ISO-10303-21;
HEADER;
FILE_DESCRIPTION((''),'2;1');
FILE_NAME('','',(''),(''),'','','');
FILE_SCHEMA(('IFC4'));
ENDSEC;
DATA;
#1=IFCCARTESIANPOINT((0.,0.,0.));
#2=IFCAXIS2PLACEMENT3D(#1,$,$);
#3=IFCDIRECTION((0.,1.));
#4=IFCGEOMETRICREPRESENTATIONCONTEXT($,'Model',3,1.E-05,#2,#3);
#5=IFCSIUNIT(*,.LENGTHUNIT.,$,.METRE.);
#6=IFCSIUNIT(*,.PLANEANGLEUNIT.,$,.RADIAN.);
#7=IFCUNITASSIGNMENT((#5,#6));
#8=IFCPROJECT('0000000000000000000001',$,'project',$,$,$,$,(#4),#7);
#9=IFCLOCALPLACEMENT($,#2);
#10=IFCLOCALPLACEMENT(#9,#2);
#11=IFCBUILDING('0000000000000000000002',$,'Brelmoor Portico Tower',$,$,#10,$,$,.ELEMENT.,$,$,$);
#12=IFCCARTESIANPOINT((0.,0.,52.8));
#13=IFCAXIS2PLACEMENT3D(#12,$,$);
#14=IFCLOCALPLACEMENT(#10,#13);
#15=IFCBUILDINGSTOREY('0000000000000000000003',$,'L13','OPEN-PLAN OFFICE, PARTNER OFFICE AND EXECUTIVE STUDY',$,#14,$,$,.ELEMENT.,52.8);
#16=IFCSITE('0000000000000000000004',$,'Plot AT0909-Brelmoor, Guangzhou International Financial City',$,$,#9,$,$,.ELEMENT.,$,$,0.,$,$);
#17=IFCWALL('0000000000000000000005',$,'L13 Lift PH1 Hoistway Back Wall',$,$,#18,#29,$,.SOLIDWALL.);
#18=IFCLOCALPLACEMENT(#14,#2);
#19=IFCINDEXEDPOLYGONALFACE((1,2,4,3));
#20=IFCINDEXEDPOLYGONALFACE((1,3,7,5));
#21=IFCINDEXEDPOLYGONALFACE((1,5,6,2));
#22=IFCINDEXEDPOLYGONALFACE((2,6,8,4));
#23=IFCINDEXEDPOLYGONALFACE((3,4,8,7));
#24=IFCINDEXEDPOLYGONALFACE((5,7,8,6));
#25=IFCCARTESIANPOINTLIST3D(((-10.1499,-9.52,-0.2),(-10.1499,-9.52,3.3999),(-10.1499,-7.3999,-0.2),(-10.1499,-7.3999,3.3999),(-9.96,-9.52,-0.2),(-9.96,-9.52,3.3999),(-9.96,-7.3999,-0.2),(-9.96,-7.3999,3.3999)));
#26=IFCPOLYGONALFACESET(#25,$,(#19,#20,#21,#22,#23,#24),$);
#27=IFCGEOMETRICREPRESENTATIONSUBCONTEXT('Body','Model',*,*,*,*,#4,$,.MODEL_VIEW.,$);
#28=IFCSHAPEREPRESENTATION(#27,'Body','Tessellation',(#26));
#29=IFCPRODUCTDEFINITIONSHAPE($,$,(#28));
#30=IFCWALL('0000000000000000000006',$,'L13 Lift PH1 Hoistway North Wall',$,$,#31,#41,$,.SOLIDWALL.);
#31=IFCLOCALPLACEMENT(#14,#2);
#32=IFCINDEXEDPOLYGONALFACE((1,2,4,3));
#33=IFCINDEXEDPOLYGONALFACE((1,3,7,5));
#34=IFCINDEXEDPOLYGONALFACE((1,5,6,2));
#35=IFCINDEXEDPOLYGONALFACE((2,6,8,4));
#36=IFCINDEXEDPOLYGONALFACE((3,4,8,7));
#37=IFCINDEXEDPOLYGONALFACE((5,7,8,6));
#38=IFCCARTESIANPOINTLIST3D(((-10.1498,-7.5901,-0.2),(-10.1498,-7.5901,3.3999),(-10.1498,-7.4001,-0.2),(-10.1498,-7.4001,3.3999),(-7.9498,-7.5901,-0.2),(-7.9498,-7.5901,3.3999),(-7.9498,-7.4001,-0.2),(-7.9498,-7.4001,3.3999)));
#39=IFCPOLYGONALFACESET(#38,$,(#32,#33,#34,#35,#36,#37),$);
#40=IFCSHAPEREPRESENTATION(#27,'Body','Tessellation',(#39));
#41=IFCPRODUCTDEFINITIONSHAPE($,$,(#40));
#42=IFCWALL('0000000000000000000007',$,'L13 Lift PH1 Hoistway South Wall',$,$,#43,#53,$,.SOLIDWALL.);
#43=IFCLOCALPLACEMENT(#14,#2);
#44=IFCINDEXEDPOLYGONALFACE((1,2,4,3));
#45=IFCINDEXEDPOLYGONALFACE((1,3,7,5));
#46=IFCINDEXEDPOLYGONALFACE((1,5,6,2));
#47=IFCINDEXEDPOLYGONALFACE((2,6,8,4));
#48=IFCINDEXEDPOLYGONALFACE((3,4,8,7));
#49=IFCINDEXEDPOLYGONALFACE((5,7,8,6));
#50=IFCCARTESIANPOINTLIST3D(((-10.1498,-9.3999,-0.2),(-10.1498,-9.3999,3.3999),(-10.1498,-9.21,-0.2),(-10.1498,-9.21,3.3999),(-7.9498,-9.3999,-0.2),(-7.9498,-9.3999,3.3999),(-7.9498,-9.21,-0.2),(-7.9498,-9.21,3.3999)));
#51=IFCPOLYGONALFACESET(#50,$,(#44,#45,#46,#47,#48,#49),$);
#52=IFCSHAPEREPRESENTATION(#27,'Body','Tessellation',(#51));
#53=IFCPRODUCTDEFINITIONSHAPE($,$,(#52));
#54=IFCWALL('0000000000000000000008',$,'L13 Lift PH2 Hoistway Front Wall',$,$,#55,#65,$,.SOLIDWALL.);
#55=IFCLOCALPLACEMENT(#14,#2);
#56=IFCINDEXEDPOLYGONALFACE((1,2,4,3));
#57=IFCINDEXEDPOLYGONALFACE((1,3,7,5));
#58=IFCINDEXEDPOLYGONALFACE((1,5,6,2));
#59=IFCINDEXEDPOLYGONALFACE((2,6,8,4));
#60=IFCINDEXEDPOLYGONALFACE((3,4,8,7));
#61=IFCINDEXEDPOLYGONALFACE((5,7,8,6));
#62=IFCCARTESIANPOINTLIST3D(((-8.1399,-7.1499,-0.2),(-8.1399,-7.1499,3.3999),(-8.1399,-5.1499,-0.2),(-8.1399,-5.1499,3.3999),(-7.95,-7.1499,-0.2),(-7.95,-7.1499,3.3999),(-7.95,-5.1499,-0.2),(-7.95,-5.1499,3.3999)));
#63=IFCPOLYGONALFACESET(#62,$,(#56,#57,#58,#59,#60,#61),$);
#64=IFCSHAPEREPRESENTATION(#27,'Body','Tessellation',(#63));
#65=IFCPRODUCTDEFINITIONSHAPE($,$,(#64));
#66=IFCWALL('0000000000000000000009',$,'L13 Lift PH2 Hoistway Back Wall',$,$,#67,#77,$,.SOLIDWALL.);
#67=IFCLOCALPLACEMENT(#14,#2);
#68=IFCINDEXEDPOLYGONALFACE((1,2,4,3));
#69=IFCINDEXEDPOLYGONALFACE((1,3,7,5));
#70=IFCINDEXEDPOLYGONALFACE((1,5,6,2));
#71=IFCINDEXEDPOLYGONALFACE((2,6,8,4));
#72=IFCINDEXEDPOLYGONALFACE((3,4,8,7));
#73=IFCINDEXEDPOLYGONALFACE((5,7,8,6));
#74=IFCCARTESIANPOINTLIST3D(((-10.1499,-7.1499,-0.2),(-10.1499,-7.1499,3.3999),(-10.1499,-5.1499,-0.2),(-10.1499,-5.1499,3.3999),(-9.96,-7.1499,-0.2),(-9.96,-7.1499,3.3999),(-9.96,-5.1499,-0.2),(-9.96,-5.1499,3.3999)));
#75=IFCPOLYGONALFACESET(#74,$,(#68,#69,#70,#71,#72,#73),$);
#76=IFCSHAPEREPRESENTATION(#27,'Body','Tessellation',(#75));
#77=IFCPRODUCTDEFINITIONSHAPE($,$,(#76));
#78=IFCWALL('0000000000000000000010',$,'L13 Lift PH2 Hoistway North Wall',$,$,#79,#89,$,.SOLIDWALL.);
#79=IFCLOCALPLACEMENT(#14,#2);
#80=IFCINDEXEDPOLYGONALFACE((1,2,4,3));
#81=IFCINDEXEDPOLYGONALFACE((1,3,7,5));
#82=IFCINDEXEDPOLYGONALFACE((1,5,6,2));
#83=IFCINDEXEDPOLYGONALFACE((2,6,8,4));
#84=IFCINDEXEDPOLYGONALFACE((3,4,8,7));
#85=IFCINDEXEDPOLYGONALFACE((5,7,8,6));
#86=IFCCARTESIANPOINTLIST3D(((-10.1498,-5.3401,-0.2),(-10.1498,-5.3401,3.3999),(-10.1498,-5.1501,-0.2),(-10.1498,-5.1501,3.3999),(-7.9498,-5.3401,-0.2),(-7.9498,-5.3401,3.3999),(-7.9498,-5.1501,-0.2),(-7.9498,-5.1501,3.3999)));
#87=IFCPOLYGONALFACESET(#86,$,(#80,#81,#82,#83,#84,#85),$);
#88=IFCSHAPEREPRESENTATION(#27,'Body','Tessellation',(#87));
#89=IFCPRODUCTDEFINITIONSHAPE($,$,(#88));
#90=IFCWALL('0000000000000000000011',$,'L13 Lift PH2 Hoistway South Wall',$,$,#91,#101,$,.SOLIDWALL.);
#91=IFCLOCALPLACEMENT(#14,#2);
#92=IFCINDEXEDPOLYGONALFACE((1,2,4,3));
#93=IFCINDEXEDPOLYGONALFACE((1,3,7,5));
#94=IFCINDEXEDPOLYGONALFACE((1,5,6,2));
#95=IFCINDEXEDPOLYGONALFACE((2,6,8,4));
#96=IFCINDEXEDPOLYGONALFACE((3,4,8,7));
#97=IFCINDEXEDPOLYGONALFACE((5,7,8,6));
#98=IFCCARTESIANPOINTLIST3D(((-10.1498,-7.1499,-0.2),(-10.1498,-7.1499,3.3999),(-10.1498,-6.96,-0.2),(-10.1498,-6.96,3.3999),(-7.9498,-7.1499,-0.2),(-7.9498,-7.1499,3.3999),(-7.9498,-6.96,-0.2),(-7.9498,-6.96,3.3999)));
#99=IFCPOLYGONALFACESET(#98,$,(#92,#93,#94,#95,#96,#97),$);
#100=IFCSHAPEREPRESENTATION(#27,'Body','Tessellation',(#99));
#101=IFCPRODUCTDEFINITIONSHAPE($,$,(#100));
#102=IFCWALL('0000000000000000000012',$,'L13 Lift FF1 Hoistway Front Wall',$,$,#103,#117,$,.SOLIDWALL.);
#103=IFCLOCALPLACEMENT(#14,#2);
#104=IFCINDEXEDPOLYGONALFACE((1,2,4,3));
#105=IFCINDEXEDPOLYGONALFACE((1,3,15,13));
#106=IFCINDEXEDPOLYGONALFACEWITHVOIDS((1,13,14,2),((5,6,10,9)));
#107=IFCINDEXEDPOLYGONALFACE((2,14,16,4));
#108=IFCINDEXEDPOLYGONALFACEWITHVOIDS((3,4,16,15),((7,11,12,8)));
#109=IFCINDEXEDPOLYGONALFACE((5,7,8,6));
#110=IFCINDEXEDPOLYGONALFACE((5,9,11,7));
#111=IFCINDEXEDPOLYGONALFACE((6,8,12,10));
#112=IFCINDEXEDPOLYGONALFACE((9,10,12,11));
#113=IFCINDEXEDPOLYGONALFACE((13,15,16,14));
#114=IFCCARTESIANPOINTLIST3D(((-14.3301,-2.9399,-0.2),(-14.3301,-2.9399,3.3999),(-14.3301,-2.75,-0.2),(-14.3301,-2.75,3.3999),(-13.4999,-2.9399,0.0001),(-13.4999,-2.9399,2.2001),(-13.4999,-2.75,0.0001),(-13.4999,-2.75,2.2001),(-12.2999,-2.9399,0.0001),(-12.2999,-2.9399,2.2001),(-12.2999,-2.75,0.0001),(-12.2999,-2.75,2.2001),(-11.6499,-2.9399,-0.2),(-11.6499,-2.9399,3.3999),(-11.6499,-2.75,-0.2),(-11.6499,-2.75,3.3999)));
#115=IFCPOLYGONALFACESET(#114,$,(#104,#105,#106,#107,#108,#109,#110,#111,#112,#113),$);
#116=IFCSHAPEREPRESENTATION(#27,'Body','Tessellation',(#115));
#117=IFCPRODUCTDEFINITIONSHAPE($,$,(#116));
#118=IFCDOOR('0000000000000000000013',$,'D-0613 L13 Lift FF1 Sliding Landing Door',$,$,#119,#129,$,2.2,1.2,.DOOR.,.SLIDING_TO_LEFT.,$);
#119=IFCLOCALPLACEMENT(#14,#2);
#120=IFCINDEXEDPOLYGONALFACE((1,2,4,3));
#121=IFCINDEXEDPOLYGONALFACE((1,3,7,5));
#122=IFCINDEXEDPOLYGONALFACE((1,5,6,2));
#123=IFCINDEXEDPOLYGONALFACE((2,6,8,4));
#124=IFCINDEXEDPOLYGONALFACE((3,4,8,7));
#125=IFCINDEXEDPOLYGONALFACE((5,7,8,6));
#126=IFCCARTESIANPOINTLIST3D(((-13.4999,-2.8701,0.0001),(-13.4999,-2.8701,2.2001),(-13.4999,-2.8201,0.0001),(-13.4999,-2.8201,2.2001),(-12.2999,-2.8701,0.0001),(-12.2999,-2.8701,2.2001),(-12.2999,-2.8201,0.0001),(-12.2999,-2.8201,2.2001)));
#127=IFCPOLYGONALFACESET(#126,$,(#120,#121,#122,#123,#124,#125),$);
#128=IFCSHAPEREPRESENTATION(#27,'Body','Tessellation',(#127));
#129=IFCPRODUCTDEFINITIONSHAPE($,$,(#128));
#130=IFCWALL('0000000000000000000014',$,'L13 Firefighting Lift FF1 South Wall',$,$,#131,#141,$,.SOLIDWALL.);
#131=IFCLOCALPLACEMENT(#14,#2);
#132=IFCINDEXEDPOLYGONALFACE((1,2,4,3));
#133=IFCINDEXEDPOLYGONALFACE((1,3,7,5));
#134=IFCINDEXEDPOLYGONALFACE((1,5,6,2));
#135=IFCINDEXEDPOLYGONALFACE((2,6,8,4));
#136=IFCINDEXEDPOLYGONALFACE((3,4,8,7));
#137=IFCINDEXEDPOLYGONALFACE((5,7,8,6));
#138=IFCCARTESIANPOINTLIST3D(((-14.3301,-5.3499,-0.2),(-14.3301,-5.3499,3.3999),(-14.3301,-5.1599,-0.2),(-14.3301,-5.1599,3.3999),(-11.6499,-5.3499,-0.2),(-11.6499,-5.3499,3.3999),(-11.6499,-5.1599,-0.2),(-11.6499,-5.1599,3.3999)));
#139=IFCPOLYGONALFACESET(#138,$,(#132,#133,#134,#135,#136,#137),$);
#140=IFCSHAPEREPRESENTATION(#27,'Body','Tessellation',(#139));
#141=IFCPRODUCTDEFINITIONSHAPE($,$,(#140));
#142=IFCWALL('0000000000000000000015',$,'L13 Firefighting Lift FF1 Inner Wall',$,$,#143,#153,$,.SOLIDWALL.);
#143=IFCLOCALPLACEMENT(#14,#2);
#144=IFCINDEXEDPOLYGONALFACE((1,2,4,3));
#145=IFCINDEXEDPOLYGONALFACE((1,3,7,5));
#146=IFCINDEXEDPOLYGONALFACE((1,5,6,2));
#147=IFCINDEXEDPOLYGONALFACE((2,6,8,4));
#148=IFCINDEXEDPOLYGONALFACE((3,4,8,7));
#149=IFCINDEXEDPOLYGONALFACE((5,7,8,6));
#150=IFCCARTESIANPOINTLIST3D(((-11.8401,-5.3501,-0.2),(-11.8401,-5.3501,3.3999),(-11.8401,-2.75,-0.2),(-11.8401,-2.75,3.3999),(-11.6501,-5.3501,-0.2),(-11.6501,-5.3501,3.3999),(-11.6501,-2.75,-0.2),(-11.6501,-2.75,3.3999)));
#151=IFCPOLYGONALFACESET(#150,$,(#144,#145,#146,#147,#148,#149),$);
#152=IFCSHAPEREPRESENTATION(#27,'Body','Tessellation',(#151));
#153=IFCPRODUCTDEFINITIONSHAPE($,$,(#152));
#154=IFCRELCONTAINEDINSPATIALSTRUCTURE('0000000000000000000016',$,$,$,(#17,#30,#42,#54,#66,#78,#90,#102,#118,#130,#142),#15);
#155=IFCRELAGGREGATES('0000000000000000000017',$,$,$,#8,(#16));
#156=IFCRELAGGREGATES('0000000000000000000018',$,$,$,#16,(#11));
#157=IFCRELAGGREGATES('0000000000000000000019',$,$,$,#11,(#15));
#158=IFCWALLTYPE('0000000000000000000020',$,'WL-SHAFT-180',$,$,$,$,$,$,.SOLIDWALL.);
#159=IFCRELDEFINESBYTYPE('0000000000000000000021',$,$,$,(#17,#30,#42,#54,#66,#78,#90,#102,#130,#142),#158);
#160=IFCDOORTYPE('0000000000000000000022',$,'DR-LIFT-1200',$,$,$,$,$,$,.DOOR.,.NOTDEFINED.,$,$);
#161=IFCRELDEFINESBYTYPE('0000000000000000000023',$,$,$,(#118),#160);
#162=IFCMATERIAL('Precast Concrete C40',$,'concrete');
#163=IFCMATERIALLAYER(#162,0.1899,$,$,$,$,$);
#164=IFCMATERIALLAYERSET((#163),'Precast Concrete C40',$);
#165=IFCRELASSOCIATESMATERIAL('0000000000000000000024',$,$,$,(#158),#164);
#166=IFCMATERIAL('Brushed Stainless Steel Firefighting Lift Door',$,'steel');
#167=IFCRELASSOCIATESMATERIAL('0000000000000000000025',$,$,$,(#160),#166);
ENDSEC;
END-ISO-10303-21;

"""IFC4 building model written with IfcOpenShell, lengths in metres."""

from ifc_helpers import new_model, si_unit, direction, frame, frame_2d, origin, place, context, subcontext, project, spatial, rectangle, extrude, material, layer, layer_set, type_object, element, fill, save


model = new_model("IFC4")

# Units and contexts
model_context = context("Model", 3, precision=1e-05, world=origin(), true_north=direction((0.0, 1.0)))
body_context = subcontext(model_context, "Body", "Model", "MODEL_VIEW")
ifc_project = project(units=[si_unit("LENGTHUNIT", "METRE"), si_unit("PLANEANGLEUNIT", "RADIAN")], contexts=[model_context])

# Site, building, storey
site_placement = place(None, origin())
site = spatial("IfcSite", under=ifc_project, at=site_placement, Name="Plot AT0909-Brelmoor, Guangzhou International Financial City", CompositionType="ELEMENT", RefElevation=0.0)
building_placement = place(site_placement, origin())
building = spatial("IfcBuilding", under=site, at=building_placement, Name="Brelmoor Portico Tower", CompositionType="ELEMENT")
storey_placement = place(building_placement, frame((0.0, 0.0, 52.8)))
storey = spatial("IfcBuildingStorey", under=building, at=storey_placement, Name="L13", Description="OPEN-PLAN OFFICE, PARTNER OFFICE AND EXECUTIVE STUDY", CompositionType="ELEMENT", Elevation=52.8)

# Walls
ifc_material_1 = material(Name="Precast Concrete C40", Category="concrete")
ifc_layer_1 = layer(ifc_material_1, 0.1899)
ifc_layer_set_1 = layer_set([ifc_layer_1], Name="Precast Concrete C40")
wall_type_1 = type_object("IfcWallType", Name="WL-SHAFT-180", PredefinedType="SOLIDWALL", material=ifc_layer_set_1)
for number, where, z_axis, x_axis, name in (
    (1, (-10.0549, -9.52, -0.2), (0.0, 0.0, 1.0), (0.0, 1.0, 0.0), "L13 Lift PH1 Hoistway Back Wall"),
):
    element("IfcWall", number, at=place(storey_placement, frame(where, z_axis=z_axis, x_axis=x_axis)), inside=storey, type_object=wall_type_1, Name=name, PredefinedType="SOLIDWALL", context=body_context, shape_type="SweptSolid", body=[
        extrude(rectangle(XDim=2.1201, YDim=0.1899, at=frame_2d((1.0601, 0.0))), origin(), (0.0, 0.0, 1.0), 3.5999),
    ])
for number, where, z_axis, x_axis, name in (
    (2, (-10.1499, -7.4951, -0.2), (0.0, 0.0, 1.0), (1.0, 0.0, 0.0), "L13 Lift PH1 Hoistway North Wall"),
    (3, (-10.1499, -9.3049, -0.2), (0.0, 0.0, 1.0), (1.0, 0.0, 0.0), "L13 Lift PH1 Hoistway South Wall"),
):
    element("IfcWall", number, at=place(storey_placement, frame(where, z_axis=z_axis, x_axis=x_axis)), inside=storey, type_object=wall_type_1, Name=name, PredefinedType="SOLIDWALL", context=body_context, shape_type="SweptSolid", body=[
        extrude(rectangle(XDim=2.2, YDim=0.1899, at=frame_2d((1.1001, 0.0))), origin(), (0.0, 0.0, 1.0), 3.5999),
    ])
for number, where, z_axis, x_axis, name in (
    (4, (-8.0449, -7.1499, -0.2), (0.0, 0.0, 1.0), (0.0, 1.0, 0.0), "L13 Lift PH2 Hoistway Front Wall"),
    (5, (-10.0549, -7.1499, -0.2), (0.0, 0.0, 1.0), (0.0, 1.0, 0.0), "L13 Lift PH2 Hoistway Back Wall"),
):
    element("IfcWall", number, at=place(storey_placement, frame(where, z_axis=z_axis, x_axis=x_axis)), inside=storey, type_object=wall_type_1, Name=name, PredefinedType="SOLIDWALL", context=body_context, shape_type="SweptSolid", body=[
        extrude(rectangle(XDim=2.0, YDim=0.1899, at=frame_2d((1.0, 0.0))), origin(), (0.0, 0.0, 1.0), 3.5999),
    ])
for number, where, z_axis, x_axis, name in (
    (6, (-10.1499, -5.2451, -0.2), (0.0, 0.0, 1.0), (1.0, 0.0, 0.0), "L13 Lift PH2 Hoistway North Wall"),
    (7, (-10.1499, -7.0549, -0.2), (0.0, 0.0, 1.0), (1.0, 0.0, 0.0), "L13 Lift PH2 Hoistway South Wall"),
):
    element("IfcWall", number, at=place(storey_placement, frame(where, z_axis=z_axis, x_axis=x_axis)), inside=storey, type_object=wall_type_1, Name=name, PredefinedType="SOLIDWALL", context=body_context, shape_type="SweptSolid", body=[
        extrude(rectangle(XDim=2.2, YDim=0.1899, at=frame_2d((1.1001, 0.0))), origin(), (0.0, 0.0, 1.0), 3.5999),
    ])

# Wall, opening, door
wall_1_placement = place(storey_placement, frame((-14.3301, -2.845, -0.2), z_axis=(0.0, 0.0, 1.0), x_axis=(1.0, 0.0, 0.0)))
wall_1 = element("IfcWall", 8, at=wall_1_placement, inside=storey, type_object=wall_type_1, Name="L13 Lift FF1 Hoistway Front Wall", PredefinedType="SOLIDWALL", context=body_context, shape_type="SweptSolid", body=[
    extrude(rectangle(XDim=2.6802, YDim=0.1899, at=frame_2d((1.3401, 0.0))), origin(), (0.0, 0.0, 1.0), 3.5999),
])
opening_1_placement = place(wall_1_placement, frame((0.8301, 0.0, 0.2)))
opening_1 = element("IfcOpeningElement", 9, at=opening_1_placement, cuts=wall_1, PredefinedType="OPENING", context=body_context, shape_type="SweptSolid", body=[
    extrude(rectangle(XDim=1.2, YDim=2.2, at=frame_2d((0.6001, 1.1001))), frame((0.0, 0.105, 0.0), z_axis=(0.0, -1.0, 0.0), x_axis=(1.0, 0.0, 0.0)), (0.0, 0.0, 1.0), 0.21),
])
ifc_material_2 = material(Name="Brushed Stainless Steel Firefighting Lift Door", Category="steel")
door_type_1 = type_object("IfcDoorType", Name="DR-LIFT-1200", OperationType="NOTDEFINED", PredefinedType="DOOR", material=ifc_material_2)
door_1_placement = place(opening_1_placement, origin())
door_1 = element("IfcDoor", 10, at=door_1_placement, inside=storey, type_object=door_type_1, Name="D-0613 L13 Lift FF1 Sliding Landing Door", OperationType="SLIDING_TO_LEFT", OverallHeight=2.2, OverallWidth=1.2, PredefinedType="DOOR", context=body_context, shape_type="SweptSolid", body=[
    extrude(rectangle(XDim=1.2, YDim=2.2, at=frame_2d((0.6001, 1.1001))), frame((0.0, 0.0249, 0.0), z_axis=(0.0, -1.0, 0.0), x_axis=(1.0, 0.0, 0.0)), (0.0, 0.0, 1.0), 0.05),
])
fill(opening_1, door_1)

# Walls
wall_2_placement = place(storey_placement, frame((-14.3301, -5.2549, -0.2), z_axis=(0.0, 0.0, 1.0), x_axis=(1.0, 0.0, 0.0)))
element("IfcWall", 11, at=wall_2_placement, inside=storey, type_object=wall_type_1, Name="L13 Firefighting Lift FF1 South Wall", PredefinedType="SOLIDWALL", context=body_context, shape_type="SweptSolid", body=[
    extrude(rectangle(XDim=2.6802, YDim=0.1899, at=frame_2d((1.3401, 0.0))), origin(), (0.0, 0.0, 1.0), 3.5999),
])
wall_3_placement = place(storey_placement, frame((-11.7451, -5.3501, -0.2), z_axis=(0.0, 0.0, 1.0), x_axis=(0.0, 1.0, 0.0)))
element("IfcWall", 12, at=wall_3_placement, inside=storey, type_object=wall_type_1, Name="L13 Firefighting Lift FF1 Inner Wall", PredefinedType="SOLIDWALL", context=body_context, shape_type="SweptSolid", body=[
    extrude(rectangle(XDim=2.6001, YDim=0.1899, at=frame_2d((1.3, 0.0))), origin(), (0.0, 0.0, 1.0), 3.5999),
])

save(model, "model.ifc")
